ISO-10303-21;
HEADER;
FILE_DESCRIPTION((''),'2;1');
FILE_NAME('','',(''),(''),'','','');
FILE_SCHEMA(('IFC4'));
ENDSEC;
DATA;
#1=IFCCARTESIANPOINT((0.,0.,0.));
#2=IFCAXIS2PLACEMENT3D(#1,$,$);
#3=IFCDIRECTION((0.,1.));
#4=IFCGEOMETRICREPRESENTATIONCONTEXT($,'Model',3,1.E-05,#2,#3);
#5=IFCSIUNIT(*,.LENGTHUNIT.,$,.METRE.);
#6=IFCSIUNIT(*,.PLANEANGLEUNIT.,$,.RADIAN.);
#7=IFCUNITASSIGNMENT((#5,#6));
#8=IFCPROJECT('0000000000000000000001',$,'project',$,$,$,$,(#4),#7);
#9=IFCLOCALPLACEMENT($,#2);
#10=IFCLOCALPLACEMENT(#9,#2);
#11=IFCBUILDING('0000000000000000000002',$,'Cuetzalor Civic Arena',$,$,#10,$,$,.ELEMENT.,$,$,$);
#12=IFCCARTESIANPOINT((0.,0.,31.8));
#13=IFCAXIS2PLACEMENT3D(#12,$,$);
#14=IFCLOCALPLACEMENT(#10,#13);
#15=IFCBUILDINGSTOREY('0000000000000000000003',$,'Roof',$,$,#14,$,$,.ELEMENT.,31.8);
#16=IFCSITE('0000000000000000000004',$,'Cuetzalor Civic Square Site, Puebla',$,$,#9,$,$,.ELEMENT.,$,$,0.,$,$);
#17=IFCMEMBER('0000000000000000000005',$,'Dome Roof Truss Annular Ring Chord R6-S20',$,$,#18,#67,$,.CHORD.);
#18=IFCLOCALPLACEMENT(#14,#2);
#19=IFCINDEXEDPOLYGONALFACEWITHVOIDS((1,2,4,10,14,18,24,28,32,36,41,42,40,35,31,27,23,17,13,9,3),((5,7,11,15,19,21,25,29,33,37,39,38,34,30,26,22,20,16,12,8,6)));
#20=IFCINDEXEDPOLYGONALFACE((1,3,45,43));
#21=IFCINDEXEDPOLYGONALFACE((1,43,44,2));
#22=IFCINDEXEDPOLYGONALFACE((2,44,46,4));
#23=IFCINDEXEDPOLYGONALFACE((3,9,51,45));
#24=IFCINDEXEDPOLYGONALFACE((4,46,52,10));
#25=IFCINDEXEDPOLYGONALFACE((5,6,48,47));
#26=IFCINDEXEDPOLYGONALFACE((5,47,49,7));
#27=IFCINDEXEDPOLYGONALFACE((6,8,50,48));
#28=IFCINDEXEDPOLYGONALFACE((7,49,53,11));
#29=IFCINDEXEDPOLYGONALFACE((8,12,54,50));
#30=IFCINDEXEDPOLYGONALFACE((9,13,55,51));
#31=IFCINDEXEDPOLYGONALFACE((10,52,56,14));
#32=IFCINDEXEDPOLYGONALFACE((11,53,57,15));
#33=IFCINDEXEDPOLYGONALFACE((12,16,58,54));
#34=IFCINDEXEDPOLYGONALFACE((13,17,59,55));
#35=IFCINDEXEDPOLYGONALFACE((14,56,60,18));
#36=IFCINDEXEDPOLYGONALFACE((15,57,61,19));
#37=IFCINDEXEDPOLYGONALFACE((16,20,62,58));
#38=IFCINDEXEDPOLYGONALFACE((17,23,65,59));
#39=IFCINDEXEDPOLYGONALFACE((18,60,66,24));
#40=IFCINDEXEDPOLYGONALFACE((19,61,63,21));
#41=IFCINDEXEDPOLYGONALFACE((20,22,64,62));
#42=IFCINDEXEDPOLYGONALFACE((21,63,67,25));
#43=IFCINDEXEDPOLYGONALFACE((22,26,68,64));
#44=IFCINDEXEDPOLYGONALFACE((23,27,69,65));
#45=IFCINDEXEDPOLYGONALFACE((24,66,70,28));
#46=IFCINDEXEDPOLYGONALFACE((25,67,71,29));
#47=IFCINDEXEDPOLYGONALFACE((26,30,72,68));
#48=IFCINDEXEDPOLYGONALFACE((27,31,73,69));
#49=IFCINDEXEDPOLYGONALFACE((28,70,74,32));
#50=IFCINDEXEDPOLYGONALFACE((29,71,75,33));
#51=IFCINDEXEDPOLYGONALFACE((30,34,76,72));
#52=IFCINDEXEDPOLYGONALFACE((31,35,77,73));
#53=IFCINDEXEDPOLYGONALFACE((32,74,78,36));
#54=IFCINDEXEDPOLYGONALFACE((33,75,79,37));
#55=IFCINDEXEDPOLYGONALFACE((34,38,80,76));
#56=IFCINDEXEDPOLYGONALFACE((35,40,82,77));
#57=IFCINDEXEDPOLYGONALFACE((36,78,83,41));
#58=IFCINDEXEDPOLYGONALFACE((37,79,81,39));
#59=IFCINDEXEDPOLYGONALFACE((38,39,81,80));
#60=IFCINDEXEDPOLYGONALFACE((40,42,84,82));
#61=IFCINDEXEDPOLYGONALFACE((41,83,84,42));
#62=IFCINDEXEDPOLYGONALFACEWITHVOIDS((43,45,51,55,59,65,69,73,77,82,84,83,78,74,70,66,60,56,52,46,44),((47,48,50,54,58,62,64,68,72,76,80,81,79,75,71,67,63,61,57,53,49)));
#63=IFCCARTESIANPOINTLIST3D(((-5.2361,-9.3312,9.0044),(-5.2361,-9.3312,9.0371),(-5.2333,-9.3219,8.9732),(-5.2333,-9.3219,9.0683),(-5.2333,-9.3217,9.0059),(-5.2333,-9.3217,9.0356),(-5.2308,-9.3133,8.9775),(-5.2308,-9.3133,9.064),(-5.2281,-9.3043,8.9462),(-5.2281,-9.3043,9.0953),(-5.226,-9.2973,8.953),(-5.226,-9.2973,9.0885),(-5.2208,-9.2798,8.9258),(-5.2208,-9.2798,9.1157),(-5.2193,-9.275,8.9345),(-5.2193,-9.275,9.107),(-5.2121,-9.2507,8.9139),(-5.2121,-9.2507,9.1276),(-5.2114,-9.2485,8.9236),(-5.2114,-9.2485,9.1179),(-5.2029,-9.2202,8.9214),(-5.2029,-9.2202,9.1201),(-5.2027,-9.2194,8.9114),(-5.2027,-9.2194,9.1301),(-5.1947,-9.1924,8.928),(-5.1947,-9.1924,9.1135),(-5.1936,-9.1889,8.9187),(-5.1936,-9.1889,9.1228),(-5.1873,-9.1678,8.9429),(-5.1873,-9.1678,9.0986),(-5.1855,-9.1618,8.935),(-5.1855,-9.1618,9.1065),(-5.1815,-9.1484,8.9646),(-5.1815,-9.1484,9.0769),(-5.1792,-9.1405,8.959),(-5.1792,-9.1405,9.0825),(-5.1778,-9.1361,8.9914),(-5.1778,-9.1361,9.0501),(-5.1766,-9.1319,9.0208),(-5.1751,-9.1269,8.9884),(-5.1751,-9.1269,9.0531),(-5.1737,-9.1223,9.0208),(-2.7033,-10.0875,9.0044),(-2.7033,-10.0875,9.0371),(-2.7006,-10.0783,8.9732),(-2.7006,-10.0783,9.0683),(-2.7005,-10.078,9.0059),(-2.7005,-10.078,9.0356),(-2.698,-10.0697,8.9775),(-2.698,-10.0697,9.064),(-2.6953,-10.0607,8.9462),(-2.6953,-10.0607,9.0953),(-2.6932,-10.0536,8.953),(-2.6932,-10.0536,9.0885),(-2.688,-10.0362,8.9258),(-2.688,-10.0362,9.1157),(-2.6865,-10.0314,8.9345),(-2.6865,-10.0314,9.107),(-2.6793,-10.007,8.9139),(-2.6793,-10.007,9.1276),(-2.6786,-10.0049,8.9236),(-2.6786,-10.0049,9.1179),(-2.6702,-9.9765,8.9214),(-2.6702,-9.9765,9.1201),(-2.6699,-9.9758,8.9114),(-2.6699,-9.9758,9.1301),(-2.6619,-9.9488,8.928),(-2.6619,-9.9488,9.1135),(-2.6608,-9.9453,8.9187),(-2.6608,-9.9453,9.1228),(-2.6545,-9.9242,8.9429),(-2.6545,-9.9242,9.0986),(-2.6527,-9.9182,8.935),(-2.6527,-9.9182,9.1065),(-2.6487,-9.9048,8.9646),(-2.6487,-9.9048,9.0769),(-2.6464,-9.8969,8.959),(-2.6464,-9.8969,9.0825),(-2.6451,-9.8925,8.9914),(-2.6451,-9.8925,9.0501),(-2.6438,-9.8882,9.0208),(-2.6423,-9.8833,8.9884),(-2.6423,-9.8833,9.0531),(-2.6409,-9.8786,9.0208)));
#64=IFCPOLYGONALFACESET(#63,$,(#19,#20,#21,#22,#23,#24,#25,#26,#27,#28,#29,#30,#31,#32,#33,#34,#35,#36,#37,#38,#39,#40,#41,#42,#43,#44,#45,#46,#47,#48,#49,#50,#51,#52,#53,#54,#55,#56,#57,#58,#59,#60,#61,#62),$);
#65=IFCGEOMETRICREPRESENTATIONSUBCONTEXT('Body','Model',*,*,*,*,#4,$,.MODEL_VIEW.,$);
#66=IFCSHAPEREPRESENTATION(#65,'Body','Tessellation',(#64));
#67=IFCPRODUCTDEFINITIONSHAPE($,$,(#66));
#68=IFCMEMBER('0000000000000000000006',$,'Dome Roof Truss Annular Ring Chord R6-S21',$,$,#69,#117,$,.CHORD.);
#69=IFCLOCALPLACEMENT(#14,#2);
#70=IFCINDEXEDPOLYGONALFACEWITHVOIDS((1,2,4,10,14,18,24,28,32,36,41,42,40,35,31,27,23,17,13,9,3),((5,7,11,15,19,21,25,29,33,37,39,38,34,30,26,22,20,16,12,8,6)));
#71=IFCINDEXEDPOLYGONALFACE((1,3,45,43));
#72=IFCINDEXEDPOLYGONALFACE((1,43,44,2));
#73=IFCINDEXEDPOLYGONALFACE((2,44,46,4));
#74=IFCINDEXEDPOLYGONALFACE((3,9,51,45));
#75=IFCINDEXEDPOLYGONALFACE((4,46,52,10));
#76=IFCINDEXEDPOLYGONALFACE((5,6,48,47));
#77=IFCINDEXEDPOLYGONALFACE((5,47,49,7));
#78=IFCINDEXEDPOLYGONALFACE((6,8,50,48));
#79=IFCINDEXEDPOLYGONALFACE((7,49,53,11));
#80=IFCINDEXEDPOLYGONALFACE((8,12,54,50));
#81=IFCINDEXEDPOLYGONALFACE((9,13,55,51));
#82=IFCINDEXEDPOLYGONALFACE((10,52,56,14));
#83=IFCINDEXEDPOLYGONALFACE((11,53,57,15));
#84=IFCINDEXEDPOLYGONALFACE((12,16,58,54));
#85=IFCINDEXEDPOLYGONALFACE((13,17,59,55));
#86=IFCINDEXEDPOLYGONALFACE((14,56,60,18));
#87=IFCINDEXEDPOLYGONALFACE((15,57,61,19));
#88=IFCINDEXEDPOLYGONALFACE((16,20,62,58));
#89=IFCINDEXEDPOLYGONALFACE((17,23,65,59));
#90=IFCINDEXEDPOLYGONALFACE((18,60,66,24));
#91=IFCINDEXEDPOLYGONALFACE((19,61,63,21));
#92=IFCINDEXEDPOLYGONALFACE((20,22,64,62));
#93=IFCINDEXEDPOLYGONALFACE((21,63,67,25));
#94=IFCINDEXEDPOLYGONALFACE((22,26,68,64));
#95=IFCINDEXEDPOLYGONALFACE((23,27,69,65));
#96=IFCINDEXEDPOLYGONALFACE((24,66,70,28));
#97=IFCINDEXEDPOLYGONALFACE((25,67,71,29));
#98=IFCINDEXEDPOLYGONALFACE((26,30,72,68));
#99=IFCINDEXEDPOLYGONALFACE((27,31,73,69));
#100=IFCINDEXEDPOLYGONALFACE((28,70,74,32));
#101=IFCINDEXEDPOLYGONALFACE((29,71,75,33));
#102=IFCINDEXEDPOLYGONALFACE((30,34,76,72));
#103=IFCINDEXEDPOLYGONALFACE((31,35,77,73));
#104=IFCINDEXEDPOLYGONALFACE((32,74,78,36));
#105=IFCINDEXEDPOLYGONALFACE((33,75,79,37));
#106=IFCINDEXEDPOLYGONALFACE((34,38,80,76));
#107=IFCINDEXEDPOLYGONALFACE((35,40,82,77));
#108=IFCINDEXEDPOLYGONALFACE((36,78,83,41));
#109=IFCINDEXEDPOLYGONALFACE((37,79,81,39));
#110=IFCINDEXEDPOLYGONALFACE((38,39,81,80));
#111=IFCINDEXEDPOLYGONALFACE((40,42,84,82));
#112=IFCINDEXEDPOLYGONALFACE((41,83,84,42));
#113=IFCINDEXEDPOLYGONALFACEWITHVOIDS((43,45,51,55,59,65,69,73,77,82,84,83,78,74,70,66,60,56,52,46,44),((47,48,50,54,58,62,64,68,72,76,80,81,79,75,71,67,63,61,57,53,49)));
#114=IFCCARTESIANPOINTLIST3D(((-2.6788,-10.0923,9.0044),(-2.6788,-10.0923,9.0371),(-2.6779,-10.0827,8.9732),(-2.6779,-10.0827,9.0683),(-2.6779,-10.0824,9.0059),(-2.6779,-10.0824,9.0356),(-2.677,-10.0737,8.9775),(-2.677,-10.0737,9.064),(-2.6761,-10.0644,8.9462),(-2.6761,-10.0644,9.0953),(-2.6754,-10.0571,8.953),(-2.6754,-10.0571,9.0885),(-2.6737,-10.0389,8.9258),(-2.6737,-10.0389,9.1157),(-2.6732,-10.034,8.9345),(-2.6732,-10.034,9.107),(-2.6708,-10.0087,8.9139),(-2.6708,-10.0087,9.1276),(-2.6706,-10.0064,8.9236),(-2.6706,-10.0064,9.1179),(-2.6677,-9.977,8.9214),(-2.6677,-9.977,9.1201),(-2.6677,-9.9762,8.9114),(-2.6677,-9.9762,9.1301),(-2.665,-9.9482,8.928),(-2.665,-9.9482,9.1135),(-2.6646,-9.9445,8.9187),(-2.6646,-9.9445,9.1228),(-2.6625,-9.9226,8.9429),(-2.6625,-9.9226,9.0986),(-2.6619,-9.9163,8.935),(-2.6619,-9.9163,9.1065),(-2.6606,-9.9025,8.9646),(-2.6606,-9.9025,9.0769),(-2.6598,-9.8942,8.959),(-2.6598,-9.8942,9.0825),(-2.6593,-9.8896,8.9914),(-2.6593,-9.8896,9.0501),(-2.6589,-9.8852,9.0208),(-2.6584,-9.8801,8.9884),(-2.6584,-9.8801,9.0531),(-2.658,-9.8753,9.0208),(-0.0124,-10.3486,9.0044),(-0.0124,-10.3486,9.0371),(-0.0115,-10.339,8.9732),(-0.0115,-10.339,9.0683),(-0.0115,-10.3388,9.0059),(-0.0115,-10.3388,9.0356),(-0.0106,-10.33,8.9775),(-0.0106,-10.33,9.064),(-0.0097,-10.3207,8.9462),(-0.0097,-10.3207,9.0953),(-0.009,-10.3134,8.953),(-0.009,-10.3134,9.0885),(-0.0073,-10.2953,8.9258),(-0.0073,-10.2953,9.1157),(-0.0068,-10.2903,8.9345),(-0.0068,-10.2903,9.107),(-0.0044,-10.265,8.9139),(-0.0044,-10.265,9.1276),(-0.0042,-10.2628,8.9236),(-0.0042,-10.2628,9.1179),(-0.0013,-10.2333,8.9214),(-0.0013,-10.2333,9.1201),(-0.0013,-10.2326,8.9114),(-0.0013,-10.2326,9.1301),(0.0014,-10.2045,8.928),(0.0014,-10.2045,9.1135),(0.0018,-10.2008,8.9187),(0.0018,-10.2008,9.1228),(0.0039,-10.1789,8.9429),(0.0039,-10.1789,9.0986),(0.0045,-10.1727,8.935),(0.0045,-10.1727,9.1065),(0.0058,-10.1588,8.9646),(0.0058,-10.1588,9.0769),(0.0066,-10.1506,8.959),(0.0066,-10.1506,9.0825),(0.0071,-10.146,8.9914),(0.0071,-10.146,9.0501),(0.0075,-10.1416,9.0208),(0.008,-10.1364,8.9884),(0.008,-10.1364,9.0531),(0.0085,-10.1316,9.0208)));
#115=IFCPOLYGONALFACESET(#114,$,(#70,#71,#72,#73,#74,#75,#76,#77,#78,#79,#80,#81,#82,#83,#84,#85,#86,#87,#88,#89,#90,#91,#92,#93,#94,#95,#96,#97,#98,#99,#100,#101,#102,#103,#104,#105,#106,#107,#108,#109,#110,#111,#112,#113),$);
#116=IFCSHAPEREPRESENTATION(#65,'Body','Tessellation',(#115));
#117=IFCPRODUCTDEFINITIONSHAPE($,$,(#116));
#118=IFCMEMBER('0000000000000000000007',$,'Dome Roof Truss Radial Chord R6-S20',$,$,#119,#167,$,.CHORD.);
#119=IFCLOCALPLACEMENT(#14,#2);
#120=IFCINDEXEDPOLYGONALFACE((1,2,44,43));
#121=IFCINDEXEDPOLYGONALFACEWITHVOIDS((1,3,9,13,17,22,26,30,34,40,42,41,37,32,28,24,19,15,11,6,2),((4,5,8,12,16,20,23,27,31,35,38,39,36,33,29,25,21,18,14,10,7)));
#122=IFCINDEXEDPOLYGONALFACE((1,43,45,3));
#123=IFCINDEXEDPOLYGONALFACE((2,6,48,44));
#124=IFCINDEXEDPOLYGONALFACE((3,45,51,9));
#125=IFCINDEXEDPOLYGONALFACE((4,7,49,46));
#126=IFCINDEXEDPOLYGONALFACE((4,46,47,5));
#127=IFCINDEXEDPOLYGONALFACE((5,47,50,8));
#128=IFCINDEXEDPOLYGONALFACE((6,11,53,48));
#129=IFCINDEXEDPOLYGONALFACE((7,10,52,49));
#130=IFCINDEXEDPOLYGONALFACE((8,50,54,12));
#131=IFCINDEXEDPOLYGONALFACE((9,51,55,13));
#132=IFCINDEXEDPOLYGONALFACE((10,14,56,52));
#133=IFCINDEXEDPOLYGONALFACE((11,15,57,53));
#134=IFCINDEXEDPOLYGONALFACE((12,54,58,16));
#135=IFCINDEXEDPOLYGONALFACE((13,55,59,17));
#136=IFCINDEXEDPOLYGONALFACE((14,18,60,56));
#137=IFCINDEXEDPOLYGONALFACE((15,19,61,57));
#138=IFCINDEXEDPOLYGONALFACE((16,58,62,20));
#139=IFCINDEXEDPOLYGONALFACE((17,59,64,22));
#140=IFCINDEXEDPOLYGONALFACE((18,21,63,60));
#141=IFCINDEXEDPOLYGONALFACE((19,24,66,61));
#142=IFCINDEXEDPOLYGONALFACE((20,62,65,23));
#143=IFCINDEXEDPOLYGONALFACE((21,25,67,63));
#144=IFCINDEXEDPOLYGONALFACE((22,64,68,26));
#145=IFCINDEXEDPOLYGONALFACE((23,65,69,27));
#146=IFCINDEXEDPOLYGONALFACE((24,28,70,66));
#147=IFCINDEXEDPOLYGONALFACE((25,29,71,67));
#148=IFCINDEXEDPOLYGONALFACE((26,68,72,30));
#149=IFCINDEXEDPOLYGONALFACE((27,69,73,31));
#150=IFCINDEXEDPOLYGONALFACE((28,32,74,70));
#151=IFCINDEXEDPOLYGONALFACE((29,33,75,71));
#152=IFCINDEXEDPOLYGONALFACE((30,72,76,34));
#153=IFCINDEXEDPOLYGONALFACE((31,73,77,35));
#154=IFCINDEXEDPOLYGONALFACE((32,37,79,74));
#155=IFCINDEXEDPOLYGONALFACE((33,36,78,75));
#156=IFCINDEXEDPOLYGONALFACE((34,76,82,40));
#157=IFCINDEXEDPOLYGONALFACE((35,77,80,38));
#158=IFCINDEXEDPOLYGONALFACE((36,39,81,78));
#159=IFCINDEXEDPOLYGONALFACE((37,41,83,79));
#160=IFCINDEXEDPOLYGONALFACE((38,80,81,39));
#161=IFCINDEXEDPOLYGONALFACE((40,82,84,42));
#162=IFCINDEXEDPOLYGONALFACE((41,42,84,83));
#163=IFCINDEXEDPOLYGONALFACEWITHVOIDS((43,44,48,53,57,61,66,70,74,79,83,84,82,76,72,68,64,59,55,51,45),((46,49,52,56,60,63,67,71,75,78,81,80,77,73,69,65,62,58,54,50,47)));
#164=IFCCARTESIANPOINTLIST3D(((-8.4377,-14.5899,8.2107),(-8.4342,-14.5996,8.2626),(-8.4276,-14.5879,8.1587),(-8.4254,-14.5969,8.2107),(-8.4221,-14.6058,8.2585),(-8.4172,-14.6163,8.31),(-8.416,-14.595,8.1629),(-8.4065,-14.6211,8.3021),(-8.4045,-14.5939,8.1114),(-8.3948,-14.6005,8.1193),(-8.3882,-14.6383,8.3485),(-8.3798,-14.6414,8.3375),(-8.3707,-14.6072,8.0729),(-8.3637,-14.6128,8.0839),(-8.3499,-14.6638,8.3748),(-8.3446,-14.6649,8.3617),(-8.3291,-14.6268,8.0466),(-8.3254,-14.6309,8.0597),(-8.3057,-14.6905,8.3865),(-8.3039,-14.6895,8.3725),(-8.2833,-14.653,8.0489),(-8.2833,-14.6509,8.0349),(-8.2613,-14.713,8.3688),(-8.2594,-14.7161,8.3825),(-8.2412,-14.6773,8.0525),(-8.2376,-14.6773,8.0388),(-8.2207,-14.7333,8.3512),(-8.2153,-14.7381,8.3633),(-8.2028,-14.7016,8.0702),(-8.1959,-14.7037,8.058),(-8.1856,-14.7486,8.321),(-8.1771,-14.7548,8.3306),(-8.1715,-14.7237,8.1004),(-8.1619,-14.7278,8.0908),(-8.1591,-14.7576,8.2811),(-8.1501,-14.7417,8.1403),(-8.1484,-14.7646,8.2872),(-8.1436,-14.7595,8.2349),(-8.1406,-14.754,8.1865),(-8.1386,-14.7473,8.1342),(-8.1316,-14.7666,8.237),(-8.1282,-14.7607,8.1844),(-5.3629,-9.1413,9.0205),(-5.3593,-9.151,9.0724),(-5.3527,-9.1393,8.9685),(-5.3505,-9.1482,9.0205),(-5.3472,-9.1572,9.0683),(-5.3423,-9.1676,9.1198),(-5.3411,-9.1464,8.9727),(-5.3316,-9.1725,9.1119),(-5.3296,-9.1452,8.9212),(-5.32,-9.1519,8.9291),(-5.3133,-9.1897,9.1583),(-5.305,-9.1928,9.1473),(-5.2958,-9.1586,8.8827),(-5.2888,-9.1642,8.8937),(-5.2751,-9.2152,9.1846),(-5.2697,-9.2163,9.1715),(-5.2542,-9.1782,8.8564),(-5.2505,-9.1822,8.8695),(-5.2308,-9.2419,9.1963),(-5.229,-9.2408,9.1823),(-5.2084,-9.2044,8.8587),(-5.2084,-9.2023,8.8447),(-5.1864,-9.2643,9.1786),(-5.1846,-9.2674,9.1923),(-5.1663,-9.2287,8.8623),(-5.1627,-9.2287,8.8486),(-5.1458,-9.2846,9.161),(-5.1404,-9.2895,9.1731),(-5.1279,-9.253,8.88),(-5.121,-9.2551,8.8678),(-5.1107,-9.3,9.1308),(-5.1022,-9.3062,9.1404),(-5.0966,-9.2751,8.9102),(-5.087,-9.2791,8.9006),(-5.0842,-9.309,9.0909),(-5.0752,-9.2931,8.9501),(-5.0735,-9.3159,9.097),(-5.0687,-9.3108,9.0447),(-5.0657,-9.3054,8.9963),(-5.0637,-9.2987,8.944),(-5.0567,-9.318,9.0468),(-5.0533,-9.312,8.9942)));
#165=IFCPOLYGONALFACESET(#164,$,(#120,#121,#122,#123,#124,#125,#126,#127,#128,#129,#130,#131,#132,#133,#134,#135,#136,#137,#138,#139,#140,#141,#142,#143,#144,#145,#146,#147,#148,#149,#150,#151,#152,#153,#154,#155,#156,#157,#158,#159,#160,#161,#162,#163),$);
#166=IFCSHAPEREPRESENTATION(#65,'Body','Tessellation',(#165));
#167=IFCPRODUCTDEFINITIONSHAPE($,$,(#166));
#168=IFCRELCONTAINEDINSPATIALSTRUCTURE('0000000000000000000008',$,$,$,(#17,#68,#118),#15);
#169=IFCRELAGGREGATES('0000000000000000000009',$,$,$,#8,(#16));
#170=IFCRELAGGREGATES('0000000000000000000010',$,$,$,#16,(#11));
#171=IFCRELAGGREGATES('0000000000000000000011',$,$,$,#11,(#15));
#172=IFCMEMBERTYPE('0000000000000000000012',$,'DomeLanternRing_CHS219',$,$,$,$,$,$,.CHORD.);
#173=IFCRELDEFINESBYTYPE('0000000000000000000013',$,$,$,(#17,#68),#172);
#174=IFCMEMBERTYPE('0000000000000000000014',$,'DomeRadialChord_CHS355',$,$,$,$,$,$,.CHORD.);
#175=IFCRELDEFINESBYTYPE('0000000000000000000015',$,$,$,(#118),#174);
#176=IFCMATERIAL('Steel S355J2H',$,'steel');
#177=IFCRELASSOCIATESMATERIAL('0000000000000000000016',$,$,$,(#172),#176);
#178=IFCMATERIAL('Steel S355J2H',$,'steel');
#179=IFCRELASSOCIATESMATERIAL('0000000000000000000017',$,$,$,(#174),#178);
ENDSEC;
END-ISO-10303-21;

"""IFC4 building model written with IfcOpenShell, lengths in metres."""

from ifc_helpers import new_model, si_unit, direction, frame, origin, origin_2d, place, context, subcontext, project, spatial, hollow_circle, extrude, material, material_profile, profile_set, type_object, element, save


model = new_model("IFC4")

# Units and contexts
model_context = context("Model", 3, precision=1e-05, world=origin(), true_north=direction((0.0, 1.0)))
body_context = subcontext(model_context, "Body", "Model", "MODEL_VIEW")
ifc_project = project(units=[si_unit("LENGTHUNIT", "METRE"), si_unit("PLANEANGLEUNIT", "RADIAN")], contexts=[model_context])

# Site, building, storey
site_placement = place(None, origin())
site = spatial("IfcSite", under=ifc_project, at=site_placement, Name="Cuetzalor Civic Square Site, Puebla", CompositionType="ELEMENT", RefElevation=0.0)
building_placement = place(site_placement, origin())
building = spatial("IfcBuilding", under=site, at=building_placement, Name="Cuetzalor Civic Arena", CompositionType="ELEMENT")
storey_placement = place(building_placement, frame((0.0, 0.0, 31.8)))
storey = spatial("IfcBuildingStorey", under=building, at=storey_placement, Name="Roof", CompositionType="ELEMENT", Elevation=31.8)

# Members
ifc_material_1 = material(Name="Steel S355J2H", Category="steel")
ifc_material_profile_1 = material_profile(ifc_material_1, hollow_circle(Radius=0.1096, WallThickness=0.01, at=origin_2d()), Name="CHS 219.1x10")
ifc_profile_set_1 = profile_set([ifc_material_profile_1], Name="Steel S355J2H")
member_type_1 = type_object("IfcMemberType", Name="DomeLanternRing_CHS219", PredefinedType="CHORD", material=ifc_profile_set_1)
member_1_placement = place(storey_placement, frame((-5.2051, -9.2273, 9.0208), z_axis=(0.958187, -0.286144, 0.0), x_axis=(0.286144, 0.958187, 0.0)))
element("IfcMember", 1, at=member_1_placement, inside=storey, type_object=member_type_1, Name="Dome Roof Truss Annular Ring Chord R6-S20", PredefinedType="CHORD", context=body_context, shape_type="SweptSolid", body=[
    extrude(hollow_circle(Radius=0.1096, WallThickness=0.01, at=origin_2d()), origin(), (0.0, 0.0, 1.0), 2.6433),
])
member_2_placement = place(storey_placement, frame((-2.6685, -9.9844, 9.0208), z_axis=(0.995411, -0.095695, 0.0), x_axis=(0.095695, 0.995411, 0.0)))
element("IfcMember", 2, at=member_2_placement, inside=storey, type_object=member_type_1, Name="Dome Roof Truss Annular Ring Chord R6-S21", PredefinedType="CHORD", context=body_context, shape_type="SweptSolid", body=[
    extrude(hollow_circle(Radius=0.1096, WallThickness=0.01, at=origin_2d()), origin(), (0.0, 0.0, 1.0), 2.6787),
])
ifc_material_2 = material(Name="Steel S355J2H", Category="steel")
ifc_material_profile_2 = material_profile(ifc_material_2, hollow_circle(Radius=0.1777, WallThickness=0.0142, at=origin_2d()), Name="CHS 355.6x14.2")
ifc_profile_set_2 = profile_set([ifc_material_profile_2], Name="Steel S355J2H")
member_type_2 = type_object("IfcMemberType", Name="DomeRadialChord_CHS355", PredefinedType="CHORD", material=ifc_profile_set_2)
member_3_placement = place(storey_placement, frame((-8.283, -14.6772, 8.2107), z_axis=(0.487414, 0.863684, 0.128365), x_axis=(-0.870889, 0.49148, 0.0)))
element("IfcMember", 3, at=member_3_placement, inside=storey, type_object=member_type_2, Name="Dome Roof Truss Radial Chord R6-S20", PredefinedType="CHORD", context=body_context, shape_type="SweptSolid", body=[
    extrude(hollow_circle(Radius=0.1777, WallThickness=0.0142, at=origin_2d()), origin(), (0.0, 0.0, 1.0), 6.3086),
])

save(model, "model.ifc")
